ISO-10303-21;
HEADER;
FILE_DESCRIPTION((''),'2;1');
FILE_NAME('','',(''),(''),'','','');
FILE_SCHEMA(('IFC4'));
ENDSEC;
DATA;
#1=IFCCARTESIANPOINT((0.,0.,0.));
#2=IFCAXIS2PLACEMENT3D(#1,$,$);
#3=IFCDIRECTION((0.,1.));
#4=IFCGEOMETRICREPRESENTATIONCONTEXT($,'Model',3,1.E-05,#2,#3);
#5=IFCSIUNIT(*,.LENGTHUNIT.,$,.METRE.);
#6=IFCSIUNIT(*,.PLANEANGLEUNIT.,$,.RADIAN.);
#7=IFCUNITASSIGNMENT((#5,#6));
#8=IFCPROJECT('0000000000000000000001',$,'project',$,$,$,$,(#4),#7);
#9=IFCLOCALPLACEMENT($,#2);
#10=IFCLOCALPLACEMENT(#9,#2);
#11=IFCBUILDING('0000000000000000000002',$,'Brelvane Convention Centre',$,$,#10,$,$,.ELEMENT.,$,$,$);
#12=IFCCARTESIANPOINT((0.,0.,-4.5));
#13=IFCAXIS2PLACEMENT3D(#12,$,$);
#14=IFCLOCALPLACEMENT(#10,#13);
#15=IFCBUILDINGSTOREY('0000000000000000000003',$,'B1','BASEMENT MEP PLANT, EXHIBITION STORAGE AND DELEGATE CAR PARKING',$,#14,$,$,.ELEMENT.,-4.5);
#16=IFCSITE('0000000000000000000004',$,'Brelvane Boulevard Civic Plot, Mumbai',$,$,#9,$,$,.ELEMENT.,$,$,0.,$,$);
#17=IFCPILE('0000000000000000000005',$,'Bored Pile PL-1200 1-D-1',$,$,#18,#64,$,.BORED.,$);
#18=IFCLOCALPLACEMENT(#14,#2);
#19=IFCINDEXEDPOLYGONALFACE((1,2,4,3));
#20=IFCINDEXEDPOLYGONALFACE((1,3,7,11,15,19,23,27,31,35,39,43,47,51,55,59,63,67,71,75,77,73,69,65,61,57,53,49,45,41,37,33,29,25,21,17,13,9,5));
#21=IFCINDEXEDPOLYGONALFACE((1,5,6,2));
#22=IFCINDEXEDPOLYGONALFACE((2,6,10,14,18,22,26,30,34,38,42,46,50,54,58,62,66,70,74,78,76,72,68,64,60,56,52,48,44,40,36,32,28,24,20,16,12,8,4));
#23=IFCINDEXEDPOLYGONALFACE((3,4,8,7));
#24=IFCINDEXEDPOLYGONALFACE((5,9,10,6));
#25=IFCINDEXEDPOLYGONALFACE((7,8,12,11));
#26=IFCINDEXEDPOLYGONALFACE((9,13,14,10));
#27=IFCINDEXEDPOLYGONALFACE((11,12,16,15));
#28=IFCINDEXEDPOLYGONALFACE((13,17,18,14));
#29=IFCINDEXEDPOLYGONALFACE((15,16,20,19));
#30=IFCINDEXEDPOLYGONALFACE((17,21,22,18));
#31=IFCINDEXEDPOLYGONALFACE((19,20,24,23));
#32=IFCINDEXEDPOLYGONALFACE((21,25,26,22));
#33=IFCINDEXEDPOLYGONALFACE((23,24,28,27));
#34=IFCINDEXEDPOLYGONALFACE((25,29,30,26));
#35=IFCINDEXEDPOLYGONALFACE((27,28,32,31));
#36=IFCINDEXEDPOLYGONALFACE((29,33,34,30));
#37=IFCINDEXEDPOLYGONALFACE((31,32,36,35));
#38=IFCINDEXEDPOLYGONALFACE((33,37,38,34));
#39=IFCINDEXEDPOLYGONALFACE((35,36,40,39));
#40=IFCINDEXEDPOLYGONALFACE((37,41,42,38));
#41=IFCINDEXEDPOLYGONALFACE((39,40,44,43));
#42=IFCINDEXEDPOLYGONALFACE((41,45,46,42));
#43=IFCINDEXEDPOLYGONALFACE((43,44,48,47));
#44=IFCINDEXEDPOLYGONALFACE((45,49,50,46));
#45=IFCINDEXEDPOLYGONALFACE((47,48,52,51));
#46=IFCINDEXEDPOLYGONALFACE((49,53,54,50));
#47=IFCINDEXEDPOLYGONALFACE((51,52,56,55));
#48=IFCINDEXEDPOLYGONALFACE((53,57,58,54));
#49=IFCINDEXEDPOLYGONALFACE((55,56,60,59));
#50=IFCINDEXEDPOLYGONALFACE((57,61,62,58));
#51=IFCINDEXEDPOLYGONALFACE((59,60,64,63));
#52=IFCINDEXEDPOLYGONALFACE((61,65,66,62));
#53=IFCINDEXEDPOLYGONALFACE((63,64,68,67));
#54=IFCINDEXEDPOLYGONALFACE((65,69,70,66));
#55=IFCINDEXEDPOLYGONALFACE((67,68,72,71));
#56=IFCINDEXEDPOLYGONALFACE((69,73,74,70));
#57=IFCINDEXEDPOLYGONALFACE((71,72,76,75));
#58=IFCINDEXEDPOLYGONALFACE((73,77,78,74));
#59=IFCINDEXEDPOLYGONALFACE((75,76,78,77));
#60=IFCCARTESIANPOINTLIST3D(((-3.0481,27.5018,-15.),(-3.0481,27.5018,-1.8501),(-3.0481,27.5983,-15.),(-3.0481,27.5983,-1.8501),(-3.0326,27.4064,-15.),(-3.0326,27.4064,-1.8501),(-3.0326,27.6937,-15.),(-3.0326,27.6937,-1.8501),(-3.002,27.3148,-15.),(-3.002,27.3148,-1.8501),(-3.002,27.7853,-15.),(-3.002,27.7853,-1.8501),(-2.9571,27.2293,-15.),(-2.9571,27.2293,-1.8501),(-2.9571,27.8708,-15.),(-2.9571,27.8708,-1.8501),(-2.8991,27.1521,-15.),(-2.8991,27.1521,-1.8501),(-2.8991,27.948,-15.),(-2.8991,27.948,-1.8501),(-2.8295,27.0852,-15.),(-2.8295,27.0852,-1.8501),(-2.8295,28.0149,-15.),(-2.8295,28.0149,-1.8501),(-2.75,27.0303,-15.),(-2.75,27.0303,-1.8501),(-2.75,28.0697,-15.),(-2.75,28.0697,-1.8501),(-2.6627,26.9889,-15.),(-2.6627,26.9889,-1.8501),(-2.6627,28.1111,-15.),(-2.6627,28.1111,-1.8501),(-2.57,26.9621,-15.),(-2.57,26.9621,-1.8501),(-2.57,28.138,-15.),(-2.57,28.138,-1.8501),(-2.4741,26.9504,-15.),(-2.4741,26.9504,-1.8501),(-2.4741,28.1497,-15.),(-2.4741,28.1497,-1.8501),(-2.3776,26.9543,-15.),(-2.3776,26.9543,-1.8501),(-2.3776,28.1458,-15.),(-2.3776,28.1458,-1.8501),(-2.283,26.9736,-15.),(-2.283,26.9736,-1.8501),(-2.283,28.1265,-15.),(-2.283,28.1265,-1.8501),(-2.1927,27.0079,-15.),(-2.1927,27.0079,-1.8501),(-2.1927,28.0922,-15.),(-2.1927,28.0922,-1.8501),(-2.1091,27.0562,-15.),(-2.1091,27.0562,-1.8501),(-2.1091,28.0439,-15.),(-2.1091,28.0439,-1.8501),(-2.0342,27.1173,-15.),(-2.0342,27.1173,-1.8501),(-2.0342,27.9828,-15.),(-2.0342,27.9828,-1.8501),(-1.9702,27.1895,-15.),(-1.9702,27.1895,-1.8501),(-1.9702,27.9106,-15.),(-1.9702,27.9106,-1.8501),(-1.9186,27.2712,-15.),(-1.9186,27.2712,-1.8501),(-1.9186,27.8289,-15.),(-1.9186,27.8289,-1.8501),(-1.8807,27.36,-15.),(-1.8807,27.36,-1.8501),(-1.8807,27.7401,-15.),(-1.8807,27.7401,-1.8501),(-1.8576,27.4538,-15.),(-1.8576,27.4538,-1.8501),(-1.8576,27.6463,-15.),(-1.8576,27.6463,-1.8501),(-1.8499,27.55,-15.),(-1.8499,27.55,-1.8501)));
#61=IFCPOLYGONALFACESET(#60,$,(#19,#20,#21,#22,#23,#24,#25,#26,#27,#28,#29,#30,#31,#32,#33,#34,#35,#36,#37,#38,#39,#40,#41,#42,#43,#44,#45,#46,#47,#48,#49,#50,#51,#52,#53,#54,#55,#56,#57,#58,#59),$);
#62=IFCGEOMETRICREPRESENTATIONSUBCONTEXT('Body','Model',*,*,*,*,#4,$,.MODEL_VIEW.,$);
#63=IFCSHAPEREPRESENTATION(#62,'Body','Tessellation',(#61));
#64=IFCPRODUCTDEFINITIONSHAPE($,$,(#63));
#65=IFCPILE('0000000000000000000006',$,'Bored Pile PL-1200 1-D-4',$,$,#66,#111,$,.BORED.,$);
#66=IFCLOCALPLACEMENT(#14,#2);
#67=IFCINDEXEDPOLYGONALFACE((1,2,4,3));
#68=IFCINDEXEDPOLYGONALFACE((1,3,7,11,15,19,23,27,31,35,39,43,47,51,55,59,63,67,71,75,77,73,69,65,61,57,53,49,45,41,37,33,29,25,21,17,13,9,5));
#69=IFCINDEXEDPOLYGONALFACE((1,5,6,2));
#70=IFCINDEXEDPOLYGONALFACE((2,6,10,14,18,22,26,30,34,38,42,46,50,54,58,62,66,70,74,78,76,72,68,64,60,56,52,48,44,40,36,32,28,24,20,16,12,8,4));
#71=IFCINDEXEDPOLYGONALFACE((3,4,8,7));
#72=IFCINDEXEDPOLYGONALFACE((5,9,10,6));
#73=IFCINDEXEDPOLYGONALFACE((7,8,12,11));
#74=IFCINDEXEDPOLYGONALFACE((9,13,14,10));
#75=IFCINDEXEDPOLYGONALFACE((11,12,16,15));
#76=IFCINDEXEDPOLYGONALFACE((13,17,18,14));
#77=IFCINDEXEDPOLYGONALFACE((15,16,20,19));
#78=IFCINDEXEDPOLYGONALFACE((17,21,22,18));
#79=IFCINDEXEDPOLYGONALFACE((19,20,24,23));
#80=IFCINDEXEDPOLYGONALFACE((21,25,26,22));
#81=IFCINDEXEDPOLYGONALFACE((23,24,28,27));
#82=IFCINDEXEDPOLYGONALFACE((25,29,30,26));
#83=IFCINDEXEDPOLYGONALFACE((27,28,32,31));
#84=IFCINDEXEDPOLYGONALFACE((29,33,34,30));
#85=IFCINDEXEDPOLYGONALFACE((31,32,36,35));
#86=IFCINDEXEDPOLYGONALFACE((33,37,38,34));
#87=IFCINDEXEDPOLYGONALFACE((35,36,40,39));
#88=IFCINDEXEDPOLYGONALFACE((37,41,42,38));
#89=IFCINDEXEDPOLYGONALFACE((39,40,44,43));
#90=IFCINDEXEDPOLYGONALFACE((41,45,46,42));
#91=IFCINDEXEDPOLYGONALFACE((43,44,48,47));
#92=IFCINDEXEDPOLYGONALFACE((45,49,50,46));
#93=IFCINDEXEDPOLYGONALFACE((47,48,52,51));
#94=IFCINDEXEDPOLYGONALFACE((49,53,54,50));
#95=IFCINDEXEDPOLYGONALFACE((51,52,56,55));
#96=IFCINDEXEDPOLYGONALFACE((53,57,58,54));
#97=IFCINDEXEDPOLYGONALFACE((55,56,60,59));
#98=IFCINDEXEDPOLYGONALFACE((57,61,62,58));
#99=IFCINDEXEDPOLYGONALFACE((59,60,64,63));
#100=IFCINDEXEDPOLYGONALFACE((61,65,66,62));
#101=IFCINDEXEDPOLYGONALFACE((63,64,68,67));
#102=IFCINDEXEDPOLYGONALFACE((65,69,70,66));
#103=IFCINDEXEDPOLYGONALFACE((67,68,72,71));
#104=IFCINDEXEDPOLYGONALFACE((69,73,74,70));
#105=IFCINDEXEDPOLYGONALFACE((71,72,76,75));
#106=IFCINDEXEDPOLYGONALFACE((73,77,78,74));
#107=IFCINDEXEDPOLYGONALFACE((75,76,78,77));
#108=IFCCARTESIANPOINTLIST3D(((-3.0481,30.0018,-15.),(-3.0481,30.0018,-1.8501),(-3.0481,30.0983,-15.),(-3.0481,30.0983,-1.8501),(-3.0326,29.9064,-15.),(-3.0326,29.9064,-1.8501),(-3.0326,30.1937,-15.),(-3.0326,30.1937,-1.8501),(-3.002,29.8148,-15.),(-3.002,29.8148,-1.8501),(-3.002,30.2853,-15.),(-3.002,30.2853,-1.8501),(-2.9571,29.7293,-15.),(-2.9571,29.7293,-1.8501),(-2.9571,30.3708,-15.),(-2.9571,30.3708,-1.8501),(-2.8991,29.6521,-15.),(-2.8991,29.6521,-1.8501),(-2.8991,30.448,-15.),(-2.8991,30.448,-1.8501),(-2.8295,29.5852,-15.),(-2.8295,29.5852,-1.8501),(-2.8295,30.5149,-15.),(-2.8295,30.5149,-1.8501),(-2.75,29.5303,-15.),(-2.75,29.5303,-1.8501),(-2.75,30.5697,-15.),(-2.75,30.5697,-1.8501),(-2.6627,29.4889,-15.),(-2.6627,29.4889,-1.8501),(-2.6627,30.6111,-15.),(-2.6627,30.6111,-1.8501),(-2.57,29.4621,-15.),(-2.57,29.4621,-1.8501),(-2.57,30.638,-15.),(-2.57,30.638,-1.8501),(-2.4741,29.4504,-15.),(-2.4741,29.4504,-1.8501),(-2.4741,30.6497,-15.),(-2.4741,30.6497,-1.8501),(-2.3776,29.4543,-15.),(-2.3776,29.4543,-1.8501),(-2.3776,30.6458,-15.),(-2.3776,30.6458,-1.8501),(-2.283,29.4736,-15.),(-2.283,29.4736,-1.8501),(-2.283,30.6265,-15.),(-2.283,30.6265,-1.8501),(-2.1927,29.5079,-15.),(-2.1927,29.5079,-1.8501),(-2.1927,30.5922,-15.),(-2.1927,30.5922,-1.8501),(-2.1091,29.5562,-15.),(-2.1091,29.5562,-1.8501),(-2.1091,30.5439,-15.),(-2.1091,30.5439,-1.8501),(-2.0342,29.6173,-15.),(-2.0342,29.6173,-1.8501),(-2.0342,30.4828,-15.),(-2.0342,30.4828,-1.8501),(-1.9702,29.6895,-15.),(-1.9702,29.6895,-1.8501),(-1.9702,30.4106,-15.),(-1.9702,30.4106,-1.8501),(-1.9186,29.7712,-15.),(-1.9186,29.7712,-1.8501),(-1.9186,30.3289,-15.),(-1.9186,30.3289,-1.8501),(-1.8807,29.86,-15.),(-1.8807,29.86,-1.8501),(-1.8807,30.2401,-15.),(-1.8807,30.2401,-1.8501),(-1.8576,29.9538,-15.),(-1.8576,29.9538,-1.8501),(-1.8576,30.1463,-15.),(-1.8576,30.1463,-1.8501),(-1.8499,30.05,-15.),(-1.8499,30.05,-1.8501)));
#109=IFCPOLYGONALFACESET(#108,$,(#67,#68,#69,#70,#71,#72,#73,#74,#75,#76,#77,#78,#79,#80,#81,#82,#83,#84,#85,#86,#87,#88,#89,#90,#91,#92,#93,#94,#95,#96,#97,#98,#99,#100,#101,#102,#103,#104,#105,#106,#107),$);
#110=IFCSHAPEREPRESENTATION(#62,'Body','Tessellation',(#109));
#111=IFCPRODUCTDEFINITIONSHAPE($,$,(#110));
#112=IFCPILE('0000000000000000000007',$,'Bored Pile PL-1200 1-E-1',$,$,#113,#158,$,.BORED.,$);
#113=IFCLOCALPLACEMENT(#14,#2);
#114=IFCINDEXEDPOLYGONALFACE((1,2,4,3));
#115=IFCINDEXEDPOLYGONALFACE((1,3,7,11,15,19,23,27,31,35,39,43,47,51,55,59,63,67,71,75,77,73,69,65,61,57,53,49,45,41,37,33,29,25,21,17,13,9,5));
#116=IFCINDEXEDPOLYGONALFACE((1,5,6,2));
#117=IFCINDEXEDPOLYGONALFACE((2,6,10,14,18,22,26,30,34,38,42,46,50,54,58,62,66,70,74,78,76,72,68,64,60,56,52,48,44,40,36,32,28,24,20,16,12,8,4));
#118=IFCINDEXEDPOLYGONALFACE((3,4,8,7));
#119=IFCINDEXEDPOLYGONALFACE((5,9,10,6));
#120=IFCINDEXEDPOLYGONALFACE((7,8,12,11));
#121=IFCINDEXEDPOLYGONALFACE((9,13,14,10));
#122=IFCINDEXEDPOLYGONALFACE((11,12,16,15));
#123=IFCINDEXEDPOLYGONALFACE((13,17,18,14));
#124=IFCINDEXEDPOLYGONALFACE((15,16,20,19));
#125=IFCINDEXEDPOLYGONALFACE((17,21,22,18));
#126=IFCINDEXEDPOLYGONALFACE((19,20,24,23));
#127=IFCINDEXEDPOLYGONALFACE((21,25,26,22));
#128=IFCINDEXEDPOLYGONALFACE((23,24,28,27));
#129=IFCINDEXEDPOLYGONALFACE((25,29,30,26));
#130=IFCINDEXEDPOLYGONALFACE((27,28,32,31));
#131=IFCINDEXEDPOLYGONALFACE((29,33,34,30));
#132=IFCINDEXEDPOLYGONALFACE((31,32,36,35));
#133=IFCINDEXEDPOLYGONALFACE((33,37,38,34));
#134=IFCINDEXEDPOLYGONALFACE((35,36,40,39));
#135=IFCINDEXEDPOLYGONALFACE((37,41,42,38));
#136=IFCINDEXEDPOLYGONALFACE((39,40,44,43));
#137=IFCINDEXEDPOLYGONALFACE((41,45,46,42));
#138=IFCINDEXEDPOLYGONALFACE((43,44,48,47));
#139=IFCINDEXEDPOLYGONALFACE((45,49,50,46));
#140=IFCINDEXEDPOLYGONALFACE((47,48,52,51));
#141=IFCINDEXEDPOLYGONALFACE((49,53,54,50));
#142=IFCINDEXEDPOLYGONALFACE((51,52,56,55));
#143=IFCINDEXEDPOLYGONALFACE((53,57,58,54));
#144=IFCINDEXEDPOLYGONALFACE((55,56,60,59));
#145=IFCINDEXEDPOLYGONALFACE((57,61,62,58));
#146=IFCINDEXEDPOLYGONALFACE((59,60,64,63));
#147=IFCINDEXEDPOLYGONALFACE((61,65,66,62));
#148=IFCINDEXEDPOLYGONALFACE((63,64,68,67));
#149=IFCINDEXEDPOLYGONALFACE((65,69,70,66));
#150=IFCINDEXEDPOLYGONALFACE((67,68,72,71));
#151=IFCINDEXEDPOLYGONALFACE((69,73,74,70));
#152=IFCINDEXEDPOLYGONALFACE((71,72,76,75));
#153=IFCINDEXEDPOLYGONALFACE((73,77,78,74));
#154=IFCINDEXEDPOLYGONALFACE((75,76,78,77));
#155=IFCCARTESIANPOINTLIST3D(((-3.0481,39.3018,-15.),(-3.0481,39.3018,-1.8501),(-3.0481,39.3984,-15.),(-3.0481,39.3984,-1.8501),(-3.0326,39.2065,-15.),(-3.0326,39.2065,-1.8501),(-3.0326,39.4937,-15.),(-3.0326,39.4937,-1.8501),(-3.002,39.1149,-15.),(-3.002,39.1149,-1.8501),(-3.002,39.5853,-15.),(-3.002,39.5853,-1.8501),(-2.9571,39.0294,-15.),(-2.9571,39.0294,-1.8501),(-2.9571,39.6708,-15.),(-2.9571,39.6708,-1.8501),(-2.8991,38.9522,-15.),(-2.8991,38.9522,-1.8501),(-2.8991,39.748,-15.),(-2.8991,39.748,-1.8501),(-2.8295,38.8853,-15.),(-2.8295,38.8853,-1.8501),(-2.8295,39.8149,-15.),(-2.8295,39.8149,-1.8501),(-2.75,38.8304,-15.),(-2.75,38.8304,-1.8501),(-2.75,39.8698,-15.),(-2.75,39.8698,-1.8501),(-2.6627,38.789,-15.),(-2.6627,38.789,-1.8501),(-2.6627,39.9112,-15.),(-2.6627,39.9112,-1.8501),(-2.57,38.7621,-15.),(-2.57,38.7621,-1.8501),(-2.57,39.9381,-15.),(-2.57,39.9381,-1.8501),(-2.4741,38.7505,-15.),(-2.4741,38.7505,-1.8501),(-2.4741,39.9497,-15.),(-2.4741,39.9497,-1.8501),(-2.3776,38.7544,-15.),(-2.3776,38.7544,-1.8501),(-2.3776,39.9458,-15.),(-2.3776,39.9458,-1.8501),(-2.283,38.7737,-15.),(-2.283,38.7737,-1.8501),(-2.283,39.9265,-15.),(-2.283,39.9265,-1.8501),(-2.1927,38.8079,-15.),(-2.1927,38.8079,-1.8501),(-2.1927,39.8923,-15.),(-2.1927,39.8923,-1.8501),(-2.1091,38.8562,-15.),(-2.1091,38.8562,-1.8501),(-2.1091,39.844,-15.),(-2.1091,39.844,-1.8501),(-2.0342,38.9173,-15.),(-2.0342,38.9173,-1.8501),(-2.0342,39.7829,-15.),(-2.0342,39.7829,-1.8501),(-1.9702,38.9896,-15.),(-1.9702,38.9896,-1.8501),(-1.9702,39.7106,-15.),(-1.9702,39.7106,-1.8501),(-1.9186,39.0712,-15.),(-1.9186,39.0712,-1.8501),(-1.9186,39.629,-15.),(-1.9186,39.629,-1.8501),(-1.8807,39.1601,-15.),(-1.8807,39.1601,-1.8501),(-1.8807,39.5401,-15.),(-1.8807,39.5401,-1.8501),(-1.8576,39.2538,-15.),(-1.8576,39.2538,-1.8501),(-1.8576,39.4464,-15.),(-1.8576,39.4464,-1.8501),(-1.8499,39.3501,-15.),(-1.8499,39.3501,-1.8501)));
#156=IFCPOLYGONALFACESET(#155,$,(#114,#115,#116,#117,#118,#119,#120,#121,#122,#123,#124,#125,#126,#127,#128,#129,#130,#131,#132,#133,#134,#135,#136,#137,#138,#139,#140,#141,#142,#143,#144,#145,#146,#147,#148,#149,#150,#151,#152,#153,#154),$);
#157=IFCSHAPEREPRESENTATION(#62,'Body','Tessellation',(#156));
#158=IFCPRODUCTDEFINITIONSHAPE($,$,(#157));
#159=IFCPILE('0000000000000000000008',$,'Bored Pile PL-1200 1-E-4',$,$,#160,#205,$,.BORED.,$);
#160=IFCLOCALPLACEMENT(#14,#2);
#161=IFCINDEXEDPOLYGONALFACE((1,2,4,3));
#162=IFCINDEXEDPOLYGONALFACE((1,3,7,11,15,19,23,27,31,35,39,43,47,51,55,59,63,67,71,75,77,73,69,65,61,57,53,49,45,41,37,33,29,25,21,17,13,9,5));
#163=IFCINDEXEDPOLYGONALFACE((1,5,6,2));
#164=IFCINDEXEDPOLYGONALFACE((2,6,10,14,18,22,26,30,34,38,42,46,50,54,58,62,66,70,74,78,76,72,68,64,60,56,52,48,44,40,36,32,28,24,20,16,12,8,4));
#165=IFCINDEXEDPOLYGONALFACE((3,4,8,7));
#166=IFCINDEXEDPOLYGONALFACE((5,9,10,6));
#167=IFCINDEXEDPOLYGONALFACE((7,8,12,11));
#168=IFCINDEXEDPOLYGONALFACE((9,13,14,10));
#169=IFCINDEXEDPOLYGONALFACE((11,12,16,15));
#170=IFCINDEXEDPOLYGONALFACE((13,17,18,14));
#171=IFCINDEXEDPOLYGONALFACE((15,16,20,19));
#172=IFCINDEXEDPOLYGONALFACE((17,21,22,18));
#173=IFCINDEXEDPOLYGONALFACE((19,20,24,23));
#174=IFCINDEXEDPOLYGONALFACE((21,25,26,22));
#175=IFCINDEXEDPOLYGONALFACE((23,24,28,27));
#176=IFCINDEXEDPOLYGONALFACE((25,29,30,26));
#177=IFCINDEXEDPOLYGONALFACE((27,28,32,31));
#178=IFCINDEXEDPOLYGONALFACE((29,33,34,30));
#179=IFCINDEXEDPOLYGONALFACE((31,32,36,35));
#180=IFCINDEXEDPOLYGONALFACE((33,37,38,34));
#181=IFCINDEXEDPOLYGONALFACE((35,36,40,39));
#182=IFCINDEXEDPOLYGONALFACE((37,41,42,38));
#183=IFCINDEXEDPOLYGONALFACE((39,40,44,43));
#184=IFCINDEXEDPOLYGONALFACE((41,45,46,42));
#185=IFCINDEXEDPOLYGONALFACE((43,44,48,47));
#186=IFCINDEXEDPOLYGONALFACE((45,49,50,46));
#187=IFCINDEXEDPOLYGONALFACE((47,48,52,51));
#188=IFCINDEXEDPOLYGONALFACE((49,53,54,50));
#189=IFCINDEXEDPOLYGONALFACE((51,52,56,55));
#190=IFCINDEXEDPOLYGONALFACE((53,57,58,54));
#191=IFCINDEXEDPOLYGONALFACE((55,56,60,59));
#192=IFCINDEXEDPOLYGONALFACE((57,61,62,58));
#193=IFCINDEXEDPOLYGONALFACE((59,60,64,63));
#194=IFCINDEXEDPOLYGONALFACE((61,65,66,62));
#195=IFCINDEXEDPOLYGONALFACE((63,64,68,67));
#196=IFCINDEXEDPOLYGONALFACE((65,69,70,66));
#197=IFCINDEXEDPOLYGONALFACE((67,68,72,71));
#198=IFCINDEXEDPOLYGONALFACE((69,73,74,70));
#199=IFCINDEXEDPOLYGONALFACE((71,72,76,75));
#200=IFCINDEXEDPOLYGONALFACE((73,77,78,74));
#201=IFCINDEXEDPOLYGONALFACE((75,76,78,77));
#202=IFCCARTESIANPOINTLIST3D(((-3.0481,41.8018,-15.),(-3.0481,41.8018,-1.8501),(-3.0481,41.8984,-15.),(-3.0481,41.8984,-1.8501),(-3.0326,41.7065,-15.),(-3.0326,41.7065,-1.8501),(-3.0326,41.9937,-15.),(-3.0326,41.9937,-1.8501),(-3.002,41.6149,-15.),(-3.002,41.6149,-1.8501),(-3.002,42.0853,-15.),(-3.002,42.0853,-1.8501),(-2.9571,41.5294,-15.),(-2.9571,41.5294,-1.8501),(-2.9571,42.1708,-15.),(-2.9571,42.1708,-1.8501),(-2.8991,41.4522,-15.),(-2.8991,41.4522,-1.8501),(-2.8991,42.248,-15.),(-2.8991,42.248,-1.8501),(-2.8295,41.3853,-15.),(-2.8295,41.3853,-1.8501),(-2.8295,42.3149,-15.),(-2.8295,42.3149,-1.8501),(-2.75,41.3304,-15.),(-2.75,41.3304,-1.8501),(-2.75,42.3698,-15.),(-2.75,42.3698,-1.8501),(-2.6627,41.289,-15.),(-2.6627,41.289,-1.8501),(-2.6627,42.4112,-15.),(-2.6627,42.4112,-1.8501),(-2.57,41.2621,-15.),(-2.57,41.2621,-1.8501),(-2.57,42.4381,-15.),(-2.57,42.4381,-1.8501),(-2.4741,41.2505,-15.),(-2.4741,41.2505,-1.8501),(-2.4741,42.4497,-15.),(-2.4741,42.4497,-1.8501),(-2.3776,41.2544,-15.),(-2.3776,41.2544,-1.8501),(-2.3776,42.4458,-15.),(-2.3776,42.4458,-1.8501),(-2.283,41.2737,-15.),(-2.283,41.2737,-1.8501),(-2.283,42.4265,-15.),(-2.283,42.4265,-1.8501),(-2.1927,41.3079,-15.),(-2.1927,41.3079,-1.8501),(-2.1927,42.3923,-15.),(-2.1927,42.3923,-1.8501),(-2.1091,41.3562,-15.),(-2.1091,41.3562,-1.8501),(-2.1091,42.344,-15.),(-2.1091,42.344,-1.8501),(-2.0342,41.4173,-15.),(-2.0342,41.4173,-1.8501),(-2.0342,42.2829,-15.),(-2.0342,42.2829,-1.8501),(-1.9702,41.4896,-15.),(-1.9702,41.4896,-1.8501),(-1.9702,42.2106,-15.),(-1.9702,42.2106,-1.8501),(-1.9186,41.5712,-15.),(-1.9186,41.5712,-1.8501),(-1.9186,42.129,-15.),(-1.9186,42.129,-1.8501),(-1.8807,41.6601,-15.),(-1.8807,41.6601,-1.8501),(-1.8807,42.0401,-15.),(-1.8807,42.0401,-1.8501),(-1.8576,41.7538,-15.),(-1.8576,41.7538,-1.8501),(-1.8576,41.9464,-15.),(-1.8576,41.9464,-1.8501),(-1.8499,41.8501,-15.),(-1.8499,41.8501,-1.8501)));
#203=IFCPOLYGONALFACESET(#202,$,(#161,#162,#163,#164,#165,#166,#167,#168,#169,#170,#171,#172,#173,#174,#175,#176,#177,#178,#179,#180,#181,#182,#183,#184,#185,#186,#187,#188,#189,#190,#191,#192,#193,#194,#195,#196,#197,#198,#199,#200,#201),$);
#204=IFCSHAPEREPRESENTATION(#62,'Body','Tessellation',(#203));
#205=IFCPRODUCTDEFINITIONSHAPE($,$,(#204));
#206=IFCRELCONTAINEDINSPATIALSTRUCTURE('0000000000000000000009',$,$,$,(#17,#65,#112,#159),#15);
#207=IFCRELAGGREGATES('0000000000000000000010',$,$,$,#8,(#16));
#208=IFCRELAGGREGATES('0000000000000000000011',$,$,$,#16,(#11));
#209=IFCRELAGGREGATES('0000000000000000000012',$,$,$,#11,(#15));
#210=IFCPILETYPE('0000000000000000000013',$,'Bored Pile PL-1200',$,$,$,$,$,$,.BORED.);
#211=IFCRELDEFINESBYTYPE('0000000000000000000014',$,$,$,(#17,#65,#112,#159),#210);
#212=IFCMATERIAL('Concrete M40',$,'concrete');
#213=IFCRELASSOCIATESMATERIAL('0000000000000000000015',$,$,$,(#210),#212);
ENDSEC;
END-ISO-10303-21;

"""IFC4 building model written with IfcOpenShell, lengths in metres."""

from ifc_helpers import new_model, si_unit, direction, frame, origin, origin_2d, place, context, subcontext, project, spatial, circle, extrude, material, material_profile, profile_set, type_object, element, save


model = new_model("IFC4")

# Units and contexts
model_context = context("Model", 3, precision=1e-05, world=origin(), true_north=direction((0.0, 1.0)))
body_context = subcontext(model_context, "Body", "Model", "MODEL_VIEW")
ifc_project = project(units=[si_unit("LENGTHUNIT", "METRE"), si_unit("PLANEANGLEUNIT", "RADIAN")], contexts=[model_context])

# Site, building, storey
site_placement = place(None, origin())
site = spatial("IfcSite", under=ifc_project, at=site_placement, Name="Brelvane Boulevard Civic Plot, Mumbai", CompositionType="ELEMENT", RefElevation=0.0)
building_placement = place(site_placement, origin())
building = spatial("IfcBuilding", under=site, at=building_placement, Name="Brelvane Convention Centre", CompositionType="ELEMENT")
storey_placement = place(building_placement, frame((0.0, 0.0, -4.5)))
storey = spatial("IfcBuildingStorey", under=building, at=storey_placement, Name="B1", Description="BASEMENT MEP PLANT, EXHIBITION STORAGE AND DELEGATE CAR PARKING", CompositionType="ELEMENT", Elevation=-4.5)

# Piles
ifc_material_1 = material(Name="Concrete M40", Category="concrete")
ifc_material_profile_1 = material_profile(ifc_material_1, circle(Radius=0.6001, at=origin_2d()), Name="PILE D1200")
ifc_profile_set_1 = profile_set([ifc_material_profile_1], Name="Concrete M40")
pile_type_1 = type_object("IfcPileType", Name="Bored Pile PL-1200", PredefinedType="BORED", material=ifc_profile_set_1)
for number, where, z_axis, x_axis, name in (
    (1, (-2.45, 27.55, -1.8501), (0.0, 0.0, -1.0), (1.0, 0.0, 0.0), "Bored Pile PL-1200 1-D-1"),
    (2, (-2.45, 30.05, -1.8501), (0.0, 0.0, -1.0), (1.0, 0.0, 0.0), "Bored Pile PL-1200 1-D-4"),
    (3, (-2.45, 39.3501, -1.8501), (0.0, 0.0, -1.0), (1.0, 0.0, 0.0), "Bored Pile PL-1200 1-E-1"),
    (4, (-2.45, 41.8501, -1.8501), (0.0, 0.0, -1.0), (1.0, 0.0, 0.0), "Bored Pile PL-1200 1-E-4"),
):
    element("IfcPile", number, at=place(storey_placement, frame(where, z_axis=z_axis, x_axis=x_axis)), inside=storey, type_object=pile_type_1, Name=name, PredefinedType="BORED", context=body_context, shape_type="SweptSolid", body=[
        extrude(circle(Radius=0.6001, at=origin_2d()), origin(), (0.0, 0.0, 1.0), 13.1499),
    ])

save(model, "model.ifc")
